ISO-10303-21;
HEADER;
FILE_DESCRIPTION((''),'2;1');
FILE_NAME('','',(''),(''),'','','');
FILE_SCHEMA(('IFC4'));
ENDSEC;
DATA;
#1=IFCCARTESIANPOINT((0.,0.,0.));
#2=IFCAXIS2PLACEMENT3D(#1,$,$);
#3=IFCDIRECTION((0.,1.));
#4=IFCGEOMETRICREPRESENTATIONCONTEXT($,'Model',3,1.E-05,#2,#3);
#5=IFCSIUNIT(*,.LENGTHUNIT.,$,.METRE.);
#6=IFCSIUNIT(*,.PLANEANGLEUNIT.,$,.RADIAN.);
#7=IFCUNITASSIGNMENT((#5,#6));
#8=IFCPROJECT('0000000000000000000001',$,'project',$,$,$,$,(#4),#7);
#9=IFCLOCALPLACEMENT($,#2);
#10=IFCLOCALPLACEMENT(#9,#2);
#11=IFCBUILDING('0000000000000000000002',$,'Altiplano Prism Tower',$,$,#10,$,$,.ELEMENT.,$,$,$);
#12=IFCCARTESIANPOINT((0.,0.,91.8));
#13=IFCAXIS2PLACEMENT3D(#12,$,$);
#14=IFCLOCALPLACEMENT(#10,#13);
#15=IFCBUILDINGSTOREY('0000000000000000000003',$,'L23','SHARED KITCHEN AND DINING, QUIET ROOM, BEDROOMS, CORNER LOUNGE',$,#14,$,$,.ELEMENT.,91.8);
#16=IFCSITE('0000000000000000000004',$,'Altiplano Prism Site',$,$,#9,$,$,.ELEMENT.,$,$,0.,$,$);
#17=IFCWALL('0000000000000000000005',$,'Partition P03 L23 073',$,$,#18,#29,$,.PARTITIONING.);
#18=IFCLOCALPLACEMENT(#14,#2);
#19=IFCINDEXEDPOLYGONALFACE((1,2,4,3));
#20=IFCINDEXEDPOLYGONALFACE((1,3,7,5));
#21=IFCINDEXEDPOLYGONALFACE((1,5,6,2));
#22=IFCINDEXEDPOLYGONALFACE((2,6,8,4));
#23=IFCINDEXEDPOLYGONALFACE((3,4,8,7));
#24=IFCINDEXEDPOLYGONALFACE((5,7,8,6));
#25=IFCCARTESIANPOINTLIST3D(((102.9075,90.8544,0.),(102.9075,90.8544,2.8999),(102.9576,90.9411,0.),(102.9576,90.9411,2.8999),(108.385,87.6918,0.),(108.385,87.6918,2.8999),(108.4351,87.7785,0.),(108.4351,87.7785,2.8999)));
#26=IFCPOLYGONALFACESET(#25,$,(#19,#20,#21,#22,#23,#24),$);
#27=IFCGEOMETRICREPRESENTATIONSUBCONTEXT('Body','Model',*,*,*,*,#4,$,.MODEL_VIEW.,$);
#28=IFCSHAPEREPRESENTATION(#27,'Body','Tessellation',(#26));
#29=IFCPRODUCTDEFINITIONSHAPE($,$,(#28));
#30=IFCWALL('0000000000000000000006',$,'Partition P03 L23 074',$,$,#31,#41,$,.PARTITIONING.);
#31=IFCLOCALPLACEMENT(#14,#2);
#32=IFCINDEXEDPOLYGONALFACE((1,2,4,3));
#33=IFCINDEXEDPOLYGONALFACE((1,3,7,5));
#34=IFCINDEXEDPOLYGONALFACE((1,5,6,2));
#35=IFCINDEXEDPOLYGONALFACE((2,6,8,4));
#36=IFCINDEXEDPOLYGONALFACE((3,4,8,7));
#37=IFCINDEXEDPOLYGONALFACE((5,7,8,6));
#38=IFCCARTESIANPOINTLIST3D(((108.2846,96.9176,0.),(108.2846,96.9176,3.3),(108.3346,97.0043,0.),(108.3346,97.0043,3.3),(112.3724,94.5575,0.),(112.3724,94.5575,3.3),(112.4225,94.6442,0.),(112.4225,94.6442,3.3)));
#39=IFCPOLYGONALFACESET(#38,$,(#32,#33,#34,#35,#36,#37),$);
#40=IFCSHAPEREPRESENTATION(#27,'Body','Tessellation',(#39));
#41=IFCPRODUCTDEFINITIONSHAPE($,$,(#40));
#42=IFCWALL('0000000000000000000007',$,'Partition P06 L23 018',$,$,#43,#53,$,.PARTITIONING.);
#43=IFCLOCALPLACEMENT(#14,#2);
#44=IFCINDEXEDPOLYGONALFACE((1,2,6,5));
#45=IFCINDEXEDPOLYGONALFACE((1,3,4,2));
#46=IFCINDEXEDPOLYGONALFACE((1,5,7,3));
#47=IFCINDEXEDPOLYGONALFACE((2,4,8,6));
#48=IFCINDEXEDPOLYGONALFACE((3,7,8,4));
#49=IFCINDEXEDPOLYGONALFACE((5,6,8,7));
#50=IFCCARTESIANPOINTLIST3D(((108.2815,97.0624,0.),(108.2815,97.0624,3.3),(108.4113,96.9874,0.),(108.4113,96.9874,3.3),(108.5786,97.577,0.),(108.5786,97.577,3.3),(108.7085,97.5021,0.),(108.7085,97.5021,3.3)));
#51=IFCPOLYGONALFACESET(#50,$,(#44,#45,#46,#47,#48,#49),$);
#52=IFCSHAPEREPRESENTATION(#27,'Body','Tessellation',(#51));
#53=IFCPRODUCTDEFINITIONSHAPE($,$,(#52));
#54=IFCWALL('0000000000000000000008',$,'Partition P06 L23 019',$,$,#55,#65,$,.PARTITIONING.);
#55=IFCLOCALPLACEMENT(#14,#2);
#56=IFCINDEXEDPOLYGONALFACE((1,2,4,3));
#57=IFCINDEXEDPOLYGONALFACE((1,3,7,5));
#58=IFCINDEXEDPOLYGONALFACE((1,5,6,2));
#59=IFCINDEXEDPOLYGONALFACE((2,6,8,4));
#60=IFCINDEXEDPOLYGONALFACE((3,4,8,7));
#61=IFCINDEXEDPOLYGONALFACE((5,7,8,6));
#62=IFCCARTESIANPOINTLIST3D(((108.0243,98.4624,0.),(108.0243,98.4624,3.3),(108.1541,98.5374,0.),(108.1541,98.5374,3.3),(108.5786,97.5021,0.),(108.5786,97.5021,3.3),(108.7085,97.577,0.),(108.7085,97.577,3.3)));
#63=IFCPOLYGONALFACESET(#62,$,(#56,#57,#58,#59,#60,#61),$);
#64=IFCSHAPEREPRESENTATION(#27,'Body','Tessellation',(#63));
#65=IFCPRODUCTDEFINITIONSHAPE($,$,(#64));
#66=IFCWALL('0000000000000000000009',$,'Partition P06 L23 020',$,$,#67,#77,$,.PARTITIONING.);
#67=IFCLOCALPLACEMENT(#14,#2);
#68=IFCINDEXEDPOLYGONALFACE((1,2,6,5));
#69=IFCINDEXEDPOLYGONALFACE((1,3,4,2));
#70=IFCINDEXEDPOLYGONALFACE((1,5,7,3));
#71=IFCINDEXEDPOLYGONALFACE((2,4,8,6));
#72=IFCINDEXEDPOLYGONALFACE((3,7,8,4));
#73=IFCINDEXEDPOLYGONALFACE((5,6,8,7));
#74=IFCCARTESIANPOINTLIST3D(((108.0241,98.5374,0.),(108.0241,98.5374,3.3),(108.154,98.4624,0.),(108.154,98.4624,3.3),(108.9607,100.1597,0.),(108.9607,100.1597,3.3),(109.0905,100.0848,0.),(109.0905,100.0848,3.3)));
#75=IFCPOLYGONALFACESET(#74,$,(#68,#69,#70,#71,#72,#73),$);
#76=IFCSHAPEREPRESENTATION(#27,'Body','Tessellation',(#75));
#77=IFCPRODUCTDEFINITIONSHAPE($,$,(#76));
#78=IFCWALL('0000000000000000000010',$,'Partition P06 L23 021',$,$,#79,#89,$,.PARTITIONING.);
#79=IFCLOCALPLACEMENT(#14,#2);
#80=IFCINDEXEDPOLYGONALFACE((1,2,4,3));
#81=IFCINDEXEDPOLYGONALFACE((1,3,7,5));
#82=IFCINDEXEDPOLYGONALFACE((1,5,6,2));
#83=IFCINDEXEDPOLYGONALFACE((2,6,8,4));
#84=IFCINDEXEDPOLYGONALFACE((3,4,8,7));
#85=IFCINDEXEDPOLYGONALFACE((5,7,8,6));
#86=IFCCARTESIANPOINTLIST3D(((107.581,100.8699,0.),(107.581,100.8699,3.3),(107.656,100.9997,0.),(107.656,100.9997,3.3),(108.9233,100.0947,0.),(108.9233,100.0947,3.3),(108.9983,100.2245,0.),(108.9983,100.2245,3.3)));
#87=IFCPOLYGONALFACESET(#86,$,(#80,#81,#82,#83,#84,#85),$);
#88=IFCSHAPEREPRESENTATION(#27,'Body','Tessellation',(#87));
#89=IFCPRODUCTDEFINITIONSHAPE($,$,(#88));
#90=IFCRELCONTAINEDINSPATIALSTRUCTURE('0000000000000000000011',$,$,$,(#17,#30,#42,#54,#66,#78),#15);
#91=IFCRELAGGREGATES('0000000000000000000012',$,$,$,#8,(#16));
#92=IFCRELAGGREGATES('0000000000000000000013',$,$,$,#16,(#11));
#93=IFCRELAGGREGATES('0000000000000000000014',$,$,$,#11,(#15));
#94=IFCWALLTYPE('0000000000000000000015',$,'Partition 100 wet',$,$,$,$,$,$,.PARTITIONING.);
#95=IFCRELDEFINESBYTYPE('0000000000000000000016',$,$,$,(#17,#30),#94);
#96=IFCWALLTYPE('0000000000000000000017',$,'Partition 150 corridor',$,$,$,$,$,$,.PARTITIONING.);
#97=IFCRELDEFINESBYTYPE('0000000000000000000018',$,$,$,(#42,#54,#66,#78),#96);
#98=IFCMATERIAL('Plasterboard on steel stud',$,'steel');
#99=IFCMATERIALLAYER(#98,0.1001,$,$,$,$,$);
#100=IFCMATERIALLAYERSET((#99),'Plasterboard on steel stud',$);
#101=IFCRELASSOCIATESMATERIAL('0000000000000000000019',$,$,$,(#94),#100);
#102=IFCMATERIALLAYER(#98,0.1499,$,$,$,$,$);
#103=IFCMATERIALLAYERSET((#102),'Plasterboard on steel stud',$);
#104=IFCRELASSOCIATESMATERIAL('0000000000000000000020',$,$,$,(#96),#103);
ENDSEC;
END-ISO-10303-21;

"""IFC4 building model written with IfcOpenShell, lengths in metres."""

from ifc_helpers import new_model, si_unit, direction, frame, frame_2d, origin, place, context, subcontext, project, spatial, rectangle, extrude, material, layer, layer_set, type_object, element, save


model = new_model("IFC4")

# Units and contexts
model_context = context("Model", 3, precision=1e-05, world=origin(), true_north=direction((0.0, 1.0)))
body_context = subcontext(model_context, "Body", "Model", "MODEL_VIEW")
ifc_project = project(units=[si_unit("LENGTHUNIT", "METRE"), si_unit("PLANEANGLEUNIT", "RADIAN")], contexts=[model_context])

# Site, building, storey
site_placement = place(None, origin())
site = spatial("IfcSite", under=ifc_project, at=site_placement, Name="Altiplano Prism Site", CompositionType="ELEMENT", RefElevation=0.0)
building_placement = place(site_placement, origin())
building = spatial("IfcBuilding", under=site, at=building_placement, Name="Altiplano Prism Tower", CompositionType="ELEMENT")
storey_placement = place(building_placement, frame((0.0, 0.0, 91.8)))
storey = spatial("IfcBuildingStorey", under=building, at=storey_placement, Name="L23", Description="SHARED KITCHEN AND DINING, QUIET ROOM, BEDROOMS, CORNER LOUNGE", CompositionType="ELEMENT", Elevation=91.8)

# Walls
ifc_material_1 = material(Name="Plasterboard on steel stud", Category="steel")
ifc_layer_1 = layer(ifc_material_1, 0.1001)
ifc_layer_set_1 = layer_set([ifc_layer_1], Name="Plasterboard on steel stud")
wall_type_1 = type_object("IfcWallType", Name="Partition 100 wet", PredefinedType="PARTITIONING", material=ifc_layer_set_1)
wall_1_placement = place(storey_placement, frame((108.4102, 87.7351, 0.0), z_axis=(0.0, 0.0, 1.0), x_axis=(-0.866016, 0.500016, 0.0)))
element("IfcWall", 1, at=wall_1_placement, inside=storey, type_object=wall_type_1, Name="Partition P03 L23 073", PredefinedType="PARTITIONING", context=body_context, shape_type="SweptSolid", body=[
    extrude(rectangle(XDim=6.325, YDim=0.1001, at=frame_2d((3.1626, 0.0))), origin(), (0.0, 0.0, 1.0), 2.8999),
])
wall_2_placement = place(storey_placement, frame((112.3975, 94.6008, 0.0), z_axis=(0.0, 0.0, 1.0), x_axis=(-0.866029, 0.499994, 0.0)))
element("IfcWall", 2, at=wall_2_placement, inside=storey, type_object=wall_type_1, Name="Partition P03 L23 074", PredefinedType="PARTITIONING", context=body_context, shape_type="SweptSolid", body=[
    extrude(rectangle(XDim=4.7202, YDim=0.1001, at=frame_2d((2.3601, 0.0))), origin(), (0.0, 0.0, 1.0), 3.3),
])
ifc_layer_2 = layer(ifc_material_1, 0.1499)
ifc_layer_set_2 = layer_set([ifc_layer_2], Name="Plasterboard on steel stud")
wall_type_2 = type_object("IfcWallType", Name="Partition 150 corridor", PredefinedType="PARTITIONING", material=ifc_layer_set_2)
wall_3_placement = place(storey_placement, frame((108.3464, 97.0249, 0.0), z_axis=(0.0, 0.0, 1.0), x_axis=(0.499983, 0.866035, 0.0)))
element("IfcWall", 3, at=wall_3_placement, inside=storey, type_object=wall_type_2, Name="Partition P06 L23 018", PredefinedType="PARTITIONING", context=body_context, shape_type="SweptSolid", body=[
    extrude(rectangle(XDim=0.5942, YDim=0.1499, at=frame_2d((0.2971, 0.0))), origin(), (0.0, 0.0, 1.0), 3.3),
])
wall_4_placement = place(storey_placement, frame((108.6436, 97.5396, 0.0), z_axis=(0.0, 0.0, 1.0), x_axis=(-0.499951, 0.866054, 0.0)))
element("IfcWall", 4, at=wall_4_placement, inside=storey, type_object=wall_type_2, Name="Partition P06 L23 019", PredefinedType="PARTITIONING", context=body_context, shape_type="SweptSolid", body=[
    extrude(rectangle(XDim=1.1089, YDim=0.1499, at=frame_2d((0.5544, 0.0))), origin(), (0.0, 0.0, 1.0), 3.3),
])
wall_5_placement = place(storey_placement, frame((108.0891, 98.5, 0.0), z_axis=(0.0, 0.0, 1.0), x_axis=(0.499952, 0.866053, 0.0)))
element("IfcWall", 5, at=wall_5_placement, inside=storey, type_object=wall_type_2, Name="Partition P06 L23 020", PredefinedType="PARTITIONING", context=body_context, shape_type="SweptSolid", body=[
    extrude(rectangle(XDim=1.8733, YDim=0.1499, at=frame_2d((0.9365, 0.0))), origin(), (0.0, 0.0, 1.0), 3.3),
])
wall_6_placement = place(storey_placement, frame((108.9607, 100.1597, 0.0), z_axis=(0.0, 0.0, 1.0), x_axis=(-0.865976, 0.500086, 0.0)))
element("IfcWall", 6, at=wall_6_placement, inside=storey, type_object=wall_type_2, Name="Partition P06 L23 021", PredefinedType="PARTITIONING", context=body_context, shape_type="SweptSolid", body=[
    extrude(rectangle(XDim=1.55, YDim=0.1499, at=frame_2d((0.7749, 0.0))), origin(), (0.0, 0.0, 1.0), 3.3),
])

save(model, "model.ifc")
